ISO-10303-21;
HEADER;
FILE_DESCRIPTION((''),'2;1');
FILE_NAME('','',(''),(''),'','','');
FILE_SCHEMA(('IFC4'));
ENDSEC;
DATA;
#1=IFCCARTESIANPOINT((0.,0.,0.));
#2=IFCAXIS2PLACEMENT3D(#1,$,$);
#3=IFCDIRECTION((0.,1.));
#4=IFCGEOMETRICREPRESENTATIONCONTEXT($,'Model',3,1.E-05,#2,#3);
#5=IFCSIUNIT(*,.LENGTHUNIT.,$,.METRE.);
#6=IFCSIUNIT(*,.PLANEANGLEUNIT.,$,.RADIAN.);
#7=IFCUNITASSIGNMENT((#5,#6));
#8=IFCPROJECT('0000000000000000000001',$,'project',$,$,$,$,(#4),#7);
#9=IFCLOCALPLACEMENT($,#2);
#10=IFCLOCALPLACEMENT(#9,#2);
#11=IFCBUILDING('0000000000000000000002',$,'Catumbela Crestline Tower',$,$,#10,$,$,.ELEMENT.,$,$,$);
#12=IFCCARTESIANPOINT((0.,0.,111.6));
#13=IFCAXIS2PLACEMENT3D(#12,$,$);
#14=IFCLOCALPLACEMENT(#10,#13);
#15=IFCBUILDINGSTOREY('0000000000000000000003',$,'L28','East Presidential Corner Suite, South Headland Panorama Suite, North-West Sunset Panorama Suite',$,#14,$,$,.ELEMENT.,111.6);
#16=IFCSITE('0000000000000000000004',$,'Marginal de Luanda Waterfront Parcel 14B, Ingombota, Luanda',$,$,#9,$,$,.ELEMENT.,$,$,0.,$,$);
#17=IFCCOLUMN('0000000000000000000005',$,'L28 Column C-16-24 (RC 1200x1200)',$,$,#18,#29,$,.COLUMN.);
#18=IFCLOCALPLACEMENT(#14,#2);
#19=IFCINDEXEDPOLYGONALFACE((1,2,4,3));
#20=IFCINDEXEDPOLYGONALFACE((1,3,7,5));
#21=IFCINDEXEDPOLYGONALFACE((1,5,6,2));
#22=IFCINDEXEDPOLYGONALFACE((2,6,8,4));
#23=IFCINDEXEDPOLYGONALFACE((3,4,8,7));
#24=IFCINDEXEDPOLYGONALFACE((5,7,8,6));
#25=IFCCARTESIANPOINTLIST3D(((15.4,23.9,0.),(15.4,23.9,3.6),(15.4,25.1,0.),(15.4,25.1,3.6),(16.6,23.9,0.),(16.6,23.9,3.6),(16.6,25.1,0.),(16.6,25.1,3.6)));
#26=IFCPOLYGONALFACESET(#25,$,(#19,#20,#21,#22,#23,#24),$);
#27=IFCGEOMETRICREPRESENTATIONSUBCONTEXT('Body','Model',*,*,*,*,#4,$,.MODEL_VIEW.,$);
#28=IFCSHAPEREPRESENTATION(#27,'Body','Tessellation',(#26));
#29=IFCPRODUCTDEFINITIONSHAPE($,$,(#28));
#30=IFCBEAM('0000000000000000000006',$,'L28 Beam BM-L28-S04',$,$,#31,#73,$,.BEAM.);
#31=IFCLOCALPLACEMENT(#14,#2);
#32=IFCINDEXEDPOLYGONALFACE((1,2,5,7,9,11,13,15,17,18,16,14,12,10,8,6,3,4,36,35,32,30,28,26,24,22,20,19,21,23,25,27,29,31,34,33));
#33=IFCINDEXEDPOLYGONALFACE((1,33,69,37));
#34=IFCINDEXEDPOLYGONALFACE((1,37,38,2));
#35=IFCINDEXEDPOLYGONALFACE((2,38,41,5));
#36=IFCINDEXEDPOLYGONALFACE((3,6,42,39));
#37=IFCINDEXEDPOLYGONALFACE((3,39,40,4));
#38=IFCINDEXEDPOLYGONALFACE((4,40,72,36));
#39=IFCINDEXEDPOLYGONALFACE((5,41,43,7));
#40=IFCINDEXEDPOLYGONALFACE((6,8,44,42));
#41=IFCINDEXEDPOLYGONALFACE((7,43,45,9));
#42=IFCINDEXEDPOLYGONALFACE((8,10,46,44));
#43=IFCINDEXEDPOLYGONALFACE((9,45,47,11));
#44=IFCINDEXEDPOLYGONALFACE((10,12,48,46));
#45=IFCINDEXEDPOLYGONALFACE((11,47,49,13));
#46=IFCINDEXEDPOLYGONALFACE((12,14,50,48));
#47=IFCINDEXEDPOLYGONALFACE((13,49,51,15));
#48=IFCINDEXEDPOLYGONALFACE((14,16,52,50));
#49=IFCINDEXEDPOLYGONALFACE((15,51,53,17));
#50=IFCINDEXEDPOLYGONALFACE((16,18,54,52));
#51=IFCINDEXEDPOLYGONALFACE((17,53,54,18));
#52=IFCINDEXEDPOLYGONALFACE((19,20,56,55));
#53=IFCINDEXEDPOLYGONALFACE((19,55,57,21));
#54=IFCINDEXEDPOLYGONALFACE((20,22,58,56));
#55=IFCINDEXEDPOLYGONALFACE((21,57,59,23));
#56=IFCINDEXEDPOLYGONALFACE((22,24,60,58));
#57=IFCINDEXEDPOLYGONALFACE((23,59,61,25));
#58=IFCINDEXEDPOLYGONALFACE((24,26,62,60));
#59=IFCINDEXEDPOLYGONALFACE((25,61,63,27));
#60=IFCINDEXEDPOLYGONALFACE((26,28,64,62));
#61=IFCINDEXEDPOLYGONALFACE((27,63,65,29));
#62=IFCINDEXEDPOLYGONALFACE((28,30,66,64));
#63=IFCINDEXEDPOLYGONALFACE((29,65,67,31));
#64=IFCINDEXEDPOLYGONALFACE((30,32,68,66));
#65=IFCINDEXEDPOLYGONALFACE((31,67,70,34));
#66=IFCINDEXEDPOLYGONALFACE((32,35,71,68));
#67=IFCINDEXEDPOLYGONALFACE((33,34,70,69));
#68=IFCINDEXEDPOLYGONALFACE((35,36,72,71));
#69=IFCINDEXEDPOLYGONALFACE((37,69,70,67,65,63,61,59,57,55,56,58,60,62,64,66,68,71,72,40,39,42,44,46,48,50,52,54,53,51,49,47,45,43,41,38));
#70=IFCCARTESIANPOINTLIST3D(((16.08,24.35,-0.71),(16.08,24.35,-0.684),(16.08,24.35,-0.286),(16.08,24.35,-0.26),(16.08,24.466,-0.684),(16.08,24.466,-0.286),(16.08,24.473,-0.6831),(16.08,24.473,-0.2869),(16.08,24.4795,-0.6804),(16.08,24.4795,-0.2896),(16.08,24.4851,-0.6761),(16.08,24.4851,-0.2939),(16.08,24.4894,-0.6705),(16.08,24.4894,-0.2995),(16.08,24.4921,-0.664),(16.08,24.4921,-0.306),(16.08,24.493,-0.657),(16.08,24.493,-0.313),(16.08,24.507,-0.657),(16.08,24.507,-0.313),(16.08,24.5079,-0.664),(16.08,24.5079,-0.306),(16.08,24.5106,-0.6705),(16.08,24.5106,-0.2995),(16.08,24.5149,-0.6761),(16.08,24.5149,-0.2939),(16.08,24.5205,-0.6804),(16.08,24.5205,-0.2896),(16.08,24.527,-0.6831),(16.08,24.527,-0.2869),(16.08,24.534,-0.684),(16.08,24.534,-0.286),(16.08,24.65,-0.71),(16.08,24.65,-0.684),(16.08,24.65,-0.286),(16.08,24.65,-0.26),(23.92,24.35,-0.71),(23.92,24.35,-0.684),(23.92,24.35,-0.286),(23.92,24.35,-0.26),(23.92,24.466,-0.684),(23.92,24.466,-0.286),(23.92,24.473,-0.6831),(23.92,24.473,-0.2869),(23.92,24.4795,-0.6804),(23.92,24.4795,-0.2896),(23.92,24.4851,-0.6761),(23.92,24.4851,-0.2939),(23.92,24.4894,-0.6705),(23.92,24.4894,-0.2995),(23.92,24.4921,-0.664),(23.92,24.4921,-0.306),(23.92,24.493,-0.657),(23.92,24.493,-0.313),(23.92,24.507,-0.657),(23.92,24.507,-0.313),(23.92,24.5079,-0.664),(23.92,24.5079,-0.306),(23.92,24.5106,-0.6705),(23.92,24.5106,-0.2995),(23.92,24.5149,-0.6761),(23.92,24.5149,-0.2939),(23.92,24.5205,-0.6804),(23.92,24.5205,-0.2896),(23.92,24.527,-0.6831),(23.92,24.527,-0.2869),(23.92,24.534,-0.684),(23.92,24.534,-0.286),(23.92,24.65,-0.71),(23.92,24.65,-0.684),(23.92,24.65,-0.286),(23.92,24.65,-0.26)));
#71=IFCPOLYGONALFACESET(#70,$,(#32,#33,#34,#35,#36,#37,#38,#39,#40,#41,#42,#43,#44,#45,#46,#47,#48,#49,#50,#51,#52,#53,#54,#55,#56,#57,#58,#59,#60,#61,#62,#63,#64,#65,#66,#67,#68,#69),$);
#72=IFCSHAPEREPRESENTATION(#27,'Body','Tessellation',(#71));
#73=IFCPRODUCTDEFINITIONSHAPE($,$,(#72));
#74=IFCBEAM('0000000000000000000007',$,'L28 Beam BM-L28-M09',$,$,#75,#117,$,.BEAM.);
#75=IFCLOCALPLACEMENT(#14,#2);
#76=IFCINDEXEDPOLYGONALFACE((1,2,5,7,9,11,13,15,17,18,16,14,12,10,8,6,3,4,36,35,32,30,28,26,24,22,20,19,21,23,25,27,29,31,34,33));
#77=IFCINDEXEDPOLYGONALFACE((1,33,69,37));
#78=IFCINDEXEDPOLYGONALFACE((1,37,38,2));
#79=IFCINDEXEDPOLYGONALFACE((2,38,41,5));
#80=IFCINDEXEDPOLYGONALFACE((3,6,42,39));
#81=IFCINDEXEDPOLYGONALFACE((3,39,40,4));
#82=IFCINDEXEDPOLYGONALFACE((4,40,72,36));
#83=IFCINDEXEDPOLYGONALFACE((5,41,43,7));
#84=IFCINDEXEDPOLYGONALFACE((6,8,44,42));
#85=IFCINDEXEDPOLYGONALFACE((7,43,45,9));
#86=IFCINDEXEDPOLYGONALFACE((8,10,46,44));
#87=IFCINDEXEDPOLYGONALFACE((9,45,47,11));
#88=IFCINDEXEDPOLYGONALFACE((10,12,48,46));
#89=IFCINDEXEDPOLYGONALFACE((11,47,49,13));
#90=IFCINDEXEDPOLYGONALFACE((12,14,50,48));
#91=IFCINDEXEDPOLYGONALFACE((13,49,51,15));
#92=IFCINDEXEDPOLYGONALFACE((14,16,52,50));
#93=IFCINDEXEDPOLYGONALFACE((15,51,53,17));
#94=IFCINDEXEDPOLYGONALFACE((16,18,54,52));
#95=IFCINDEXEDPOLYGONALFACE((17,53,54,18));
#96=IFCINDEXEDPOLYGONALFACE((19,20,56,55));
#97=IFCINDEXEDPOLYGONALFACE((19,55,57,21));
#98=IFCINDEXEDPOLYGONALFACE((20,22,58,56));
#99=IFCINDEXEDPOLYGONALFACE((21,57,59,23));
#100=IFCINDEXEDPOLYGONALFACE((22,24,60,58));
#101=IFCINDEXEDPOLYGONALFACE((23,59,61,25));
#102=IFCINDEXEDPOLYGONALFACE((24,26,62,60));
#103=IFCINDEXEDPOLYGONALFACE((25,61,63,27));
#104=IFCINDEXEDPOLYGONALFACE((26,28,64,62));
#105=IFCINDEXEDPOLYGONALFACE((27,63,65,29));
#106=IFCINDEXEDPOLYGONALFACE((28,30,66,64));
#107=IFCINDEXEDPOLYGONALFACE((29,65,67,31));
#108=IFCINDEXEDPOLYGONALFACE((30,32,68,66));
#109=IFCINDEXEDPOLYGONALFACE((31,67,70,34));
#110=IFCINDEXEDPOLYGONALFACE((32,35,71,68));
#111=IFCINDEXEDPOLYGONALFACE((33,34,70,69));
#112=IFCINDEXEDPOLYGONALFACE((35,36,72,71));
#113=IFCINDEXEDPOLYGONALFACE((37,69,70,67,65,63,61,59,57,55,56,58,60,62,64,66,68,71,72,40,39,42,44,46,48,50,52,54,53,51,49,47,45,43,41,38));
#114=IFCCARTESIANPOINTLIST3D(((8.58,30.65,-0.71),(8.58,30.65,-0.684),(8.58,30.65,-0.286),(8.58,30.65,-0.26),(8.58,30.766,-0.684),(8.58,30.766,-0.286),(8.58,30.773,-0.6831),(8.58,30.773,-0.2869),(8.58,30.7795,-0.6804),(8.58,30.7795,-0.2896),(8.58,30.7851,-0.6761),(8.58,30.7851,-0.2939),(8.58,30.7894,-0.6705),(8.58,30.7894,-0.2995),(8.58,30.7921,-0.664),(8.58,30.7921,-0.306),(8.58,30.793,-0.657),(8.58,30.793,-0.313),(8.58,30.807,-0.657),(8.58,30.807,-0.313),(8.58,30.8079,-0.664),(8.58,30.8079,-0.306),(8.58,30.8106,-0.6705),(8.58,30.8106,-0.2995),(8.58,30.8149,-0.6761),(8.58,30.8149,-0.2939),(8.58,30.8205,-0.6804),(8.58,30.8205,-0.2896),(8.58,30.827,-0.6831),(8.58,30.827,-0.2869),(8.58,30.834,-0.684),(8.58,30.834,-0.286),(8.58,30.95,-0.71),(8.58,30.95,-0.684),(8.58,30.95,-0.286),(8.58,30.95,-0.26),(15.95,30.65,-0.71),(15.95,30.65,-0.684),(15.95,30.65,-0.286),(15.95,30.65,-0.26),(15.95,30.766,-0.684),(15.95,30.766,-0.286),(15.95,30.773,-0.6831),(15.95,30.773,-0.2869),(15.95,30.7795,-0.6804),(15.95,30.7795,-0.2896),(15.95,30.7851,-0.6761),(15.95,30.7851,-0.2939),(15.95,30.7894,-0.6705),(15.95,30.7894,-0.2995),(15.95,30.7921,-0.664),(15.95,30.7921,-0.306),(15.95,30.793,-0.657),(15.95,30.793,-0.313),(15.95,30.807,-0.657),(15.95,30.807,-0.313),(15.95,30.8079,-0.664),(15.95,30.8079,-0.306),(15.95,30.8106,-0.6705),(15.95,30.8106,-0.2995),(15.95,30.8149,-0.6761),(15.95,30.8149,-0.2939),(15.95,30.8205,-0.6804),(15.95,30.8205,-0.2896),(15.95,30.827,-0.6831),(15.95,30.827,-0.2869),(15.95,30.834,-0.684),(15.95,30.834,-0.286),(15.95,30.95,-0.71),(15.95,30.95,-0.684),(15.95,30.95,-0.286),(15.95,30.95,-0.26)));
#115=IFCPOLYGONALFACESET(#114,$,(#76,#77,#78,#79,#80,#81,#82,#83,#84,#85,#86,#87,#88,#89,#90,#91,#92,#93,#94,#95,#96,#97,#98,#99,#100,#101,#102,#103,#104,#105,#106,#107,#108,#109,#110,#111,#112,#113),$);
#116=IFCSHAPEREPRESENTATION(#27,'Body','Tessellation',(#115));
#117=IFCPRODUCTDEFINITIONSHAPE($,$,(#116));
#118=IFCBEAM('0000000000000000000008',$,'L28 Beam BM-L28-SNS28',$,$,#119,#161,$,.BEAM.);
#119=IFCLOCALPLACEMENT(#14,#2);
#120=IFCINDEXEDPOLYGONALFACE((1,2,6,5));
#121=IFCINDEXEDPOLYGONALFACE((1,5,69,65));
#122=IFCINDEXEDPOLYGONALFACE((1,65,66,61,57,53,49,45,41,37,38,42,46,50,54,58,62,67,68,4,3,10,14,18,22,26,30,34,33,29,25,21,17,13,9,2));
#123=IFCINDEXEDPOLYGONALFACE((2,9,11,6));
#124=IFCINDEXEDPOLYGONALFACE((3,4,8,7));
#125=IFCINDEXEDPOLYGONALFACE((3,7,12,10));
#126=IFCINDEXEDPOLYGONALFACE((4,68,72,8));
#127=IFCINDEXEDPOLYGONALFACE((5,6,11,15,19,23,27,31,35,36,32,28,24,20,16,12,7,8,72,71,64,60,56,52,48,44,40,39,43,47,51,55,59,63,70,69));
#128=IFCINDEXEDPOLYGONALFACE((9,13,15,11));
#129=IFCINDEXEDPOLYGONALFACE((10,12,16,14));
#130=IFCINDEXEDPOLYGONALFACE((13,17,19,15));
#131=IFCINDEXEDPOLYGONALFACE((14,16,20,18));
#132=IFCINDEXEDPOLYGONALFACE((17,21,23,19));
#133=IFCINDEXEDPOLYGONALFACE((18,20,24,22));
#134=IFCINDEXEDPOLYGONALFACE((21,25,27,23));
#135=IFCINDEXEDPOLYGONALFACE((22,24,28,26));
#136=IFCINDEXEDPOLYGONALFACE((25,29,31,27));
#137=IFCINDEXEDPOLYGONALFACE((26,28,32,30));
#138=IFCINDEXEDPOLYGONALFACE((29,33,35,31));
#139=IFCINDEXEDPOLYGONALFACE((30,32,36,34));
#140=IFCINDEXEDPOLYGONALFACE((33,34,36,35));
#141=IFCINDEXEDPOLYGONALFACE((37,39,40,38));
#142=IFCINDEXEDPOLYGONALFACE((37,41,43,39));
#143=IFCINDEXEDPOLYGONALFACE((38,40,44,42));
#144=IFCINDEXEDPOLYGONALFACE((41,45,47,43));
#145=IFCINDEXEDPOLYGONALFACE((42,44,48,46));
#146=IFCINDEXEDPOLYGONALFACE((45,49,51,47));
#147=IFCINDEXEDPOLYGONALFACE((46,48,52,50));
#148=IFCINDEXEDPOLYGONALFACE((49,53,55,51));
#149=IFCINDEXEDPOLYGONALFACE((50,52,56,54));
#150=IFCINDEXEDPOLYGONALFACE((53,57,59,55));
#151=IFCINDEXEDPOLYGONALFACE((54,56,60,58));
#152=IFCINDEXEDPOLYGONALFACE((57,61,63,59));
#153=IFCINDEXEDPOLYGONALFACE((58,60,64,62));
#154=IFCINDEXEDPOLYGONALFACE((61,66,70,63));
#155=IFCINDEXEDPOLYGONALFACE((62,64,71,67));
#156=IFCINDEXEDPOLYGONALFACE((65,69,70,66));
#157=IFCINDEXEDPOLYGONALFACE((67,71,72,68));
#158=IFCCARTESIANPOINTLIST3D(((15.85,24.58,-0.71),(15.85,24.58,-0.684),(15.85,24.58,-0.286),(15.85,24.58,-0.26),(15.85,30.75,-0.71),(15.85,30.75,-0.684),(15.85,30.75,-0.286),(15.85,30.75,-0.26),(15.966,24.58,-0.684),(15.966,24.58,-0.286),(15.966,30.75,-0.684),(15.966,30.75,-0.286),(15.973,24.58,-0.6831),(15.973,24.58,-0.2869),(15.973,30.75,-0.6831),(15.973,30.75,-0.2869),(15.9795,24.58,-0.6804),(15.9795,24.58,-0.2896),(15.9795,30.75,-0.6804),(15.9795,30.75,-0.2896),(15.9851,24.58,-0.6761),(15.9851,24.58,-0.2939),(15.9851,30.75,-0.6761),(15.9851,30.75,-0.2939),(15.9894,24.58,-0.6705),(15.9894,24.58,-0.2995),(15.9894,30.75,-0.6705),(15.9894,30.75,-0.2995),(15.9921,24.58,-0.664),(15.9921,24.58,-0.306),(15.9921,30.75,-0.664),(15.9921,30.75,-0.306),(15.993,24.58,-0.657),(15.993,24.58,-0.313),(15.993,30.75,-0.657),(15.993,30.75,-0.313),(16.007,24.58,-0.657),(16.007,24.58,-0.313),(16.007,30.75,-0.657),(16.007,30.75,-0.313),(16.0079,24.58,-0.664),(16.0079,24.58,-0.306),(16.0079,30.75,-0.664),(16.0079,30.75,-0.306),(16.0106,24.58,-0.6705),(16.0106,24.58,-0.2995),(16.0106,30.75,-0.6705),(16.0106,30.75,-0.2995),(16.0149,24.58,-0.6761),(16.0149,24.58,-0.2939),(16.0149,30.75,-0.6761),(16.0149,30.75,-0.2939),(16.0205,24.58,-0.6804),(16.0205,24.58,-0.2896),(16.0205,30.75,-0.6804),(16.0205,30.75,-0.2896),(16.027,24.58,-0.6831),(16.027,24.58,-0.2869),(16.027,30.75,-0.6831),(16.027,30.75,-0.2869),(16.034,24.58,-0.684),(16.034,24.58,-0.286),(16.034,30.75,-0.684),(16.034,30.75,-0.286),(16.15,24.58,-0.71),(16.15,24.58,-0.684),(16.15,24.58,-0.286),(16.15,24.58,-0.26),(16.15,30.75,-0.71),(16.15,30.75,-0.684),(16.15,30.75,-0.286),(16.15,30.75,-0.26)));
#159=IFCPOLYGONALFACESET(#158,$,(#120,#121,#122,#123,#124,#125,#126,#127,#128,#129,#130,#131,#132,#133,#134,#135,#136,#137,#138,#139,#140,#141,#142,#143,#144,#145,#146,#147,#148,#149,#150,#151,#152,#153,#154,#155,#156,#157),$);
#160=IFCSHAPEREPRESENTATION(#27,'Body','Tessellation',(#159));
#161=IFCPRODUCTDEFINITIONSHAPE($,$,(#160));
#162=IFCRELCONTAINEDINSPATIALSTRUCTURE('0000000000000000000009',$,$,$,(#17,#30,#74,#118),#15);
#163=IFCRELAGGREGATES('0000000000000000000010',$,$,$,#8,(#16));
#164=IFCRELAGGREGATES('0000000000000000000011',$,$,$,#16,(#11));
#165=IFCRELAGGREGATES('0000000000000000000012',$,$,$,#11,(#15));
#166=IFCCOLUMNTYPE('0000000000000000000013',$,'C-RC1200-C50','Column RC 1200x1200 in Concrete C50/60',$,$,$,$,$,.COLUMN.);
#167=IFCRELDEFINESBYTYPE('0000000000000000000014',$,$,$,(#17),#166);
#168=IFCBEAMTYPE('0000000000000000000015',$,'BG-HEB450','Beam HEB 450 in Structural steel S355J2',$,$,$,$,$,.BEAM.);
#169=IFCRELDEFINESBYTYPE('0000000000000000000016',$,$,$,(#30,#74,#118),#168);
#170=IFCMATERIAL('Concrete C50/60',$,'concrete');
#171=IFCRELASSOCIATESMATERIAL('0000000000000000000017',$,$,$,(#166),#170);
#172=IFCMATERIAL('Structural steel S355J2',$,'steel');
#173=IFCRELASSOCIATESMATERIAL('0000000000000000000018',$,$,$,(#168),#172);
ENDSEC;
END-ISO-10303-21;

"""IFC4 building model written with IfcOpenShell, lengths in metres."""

from ifc_helpers import new_model, si_unit, direction, frame, origin, origin_2d, place, context, subcontext, project, spatial, rectangle, i_section, extrude, material, material_profile, profile_set, type_object, element, save


model = new_model("IFC4")

# Units and contexts
model_context = context("Model", 3, precision=1e-05, world=origin(), true_north=direction((0.0, 1.0)))
body_context = subcontext(model_context, "Body", "Model", "MODEL_VIEW")
ifc_project = project(units=[si_unit("LENGTHUNIT", "METRE"), si_unit("PLANEANGLEUNIT", "RADIAN")], contexts=[model_context])

# Site, building, storey
site_placement = place(None, origin())
site = spatial("IfcSite", under=ifc_project, at=site_placement, Name="Marginal de Luanda Waterfront Parcel 14B, Ingombota, Luanda", CompositionType="ELEMENT", RefElevation=0.0)
building_placement = place(site_placement, origin())
building = spatial("IfcBuilding", under=site, at=building_placement, Name="Catumbela Crestline Tower", CompositionType="ELEMENT")
storey_placement = place(building_placement, frame((0.0, 0.0, 111.6)))
storey = spatial("IfcBuildingStorey", under=building, at=storey_placement, Name="L28", Description="East Presidential Corner Suite, South Headland Panorama Suite, North-West Sunset Panorama Suite", CompositionType="ELEMENT", Elevation=111.6)

# Column
ifc_material_1 = material(Name="Concrete C50/60", Category="concrete")
ifc_material_profile_1 = material_profile(ifc_material_1, rectangle(XDim=1.2, YDim=1.2, at=origin_2d()), Name="RC 1200x1200")
ifc_profile_set_1 = profile_set([ifc_material_profile_1], Name="Concrete C50/60")
column_type = type_object("IfcColumnType", Name="C-RC1200-C50", Description="Column RC 1200x1200 in Concrete C50/60", PredefinedType="COLUMN", material=ifc_profile_set_1)
column_placement = place(storey_placement, frame((16.0, 24.5, 0.0), z_axis=(0.0, 0.0, 1.0), x_axis=(1.0, 0.0, 0.0)))
element("IfcColumn", 1, at=column_placement, inside=storey, type_object=column_type, Name="L28 Column C-16-24 (RC 1200x1200)", PredefinedType="COLUMN", context=body_context, shape_type="SweptSolid", body=[
    extrude(rectangle(XDim=1.2, YDim=1.2, at=origin_2d()), origin(), (0.0, 0.0, 1.0), 3.6),
])

# Beams
ifc_material_2 = material(Name="Structural steel S355J2", Category="steel")
ifc_material_profile_2 = material_profile(ifc_material_2, i_section(OverallWidth=0.3, OverallDepth=0.45, WebThickness=0.014, FlangeThickness=0.026, FilletRadius=0.027, at=origin_2d()), Name="HEB 450")
ifc_profile_set_2 = profile_set([ifc_material_profile_2], Name="Structural steel S355J2")
beam_type = type_object("IfcBeamType", Name="BG-HEB450", Description="Beam HEB 450 in Structural steel S355J2", PredefinedType="BEAM", material=ifc_profile_set_2)
beam_1_placement = place(storey_placement, frame((16.08, 24.5, -0.485), z_axis=(1.0, 0.0, 0.0), x_axis=(0.0, 1.0, 0.0)))
element("IfcBeam", 2, at=beam_1_placement, inside=storey, type_object=beam_type, Name="L28 Beam BM-L28-S04", PredefinedType="BEAM", context=body_context, shape_type="SweptSolid", body=[
    extrude(i_section(OverallWidth=0.3, OverallDepth=0.45, WebThickness=0.014, FlangeThickness=0.026, FilletRadius=0.027, at=origin_2d()), origin(), (0.0, 0.0, 1.0), 7.84),
])
beam_2_placement = place(storey_placement, frame((8.58, 30.8, -0.485), z_axis=(1.0, 0.0, 0.0), x_axis=(0.0, 1.0, 0.0)))
element("IfcBeam", 3, at=beam_2_placement, inside=storey, type_object=beam_type, Name="L28 Beam BM-L28-M09", PredefinedType="BEAM", context=body_context, shape_type="SweptSolid", body=[
    extrude(i_section(OverallWidth=0.3, OverallDepth=0.45, WebThickness=0.014, FlangeThickness=0.026, FilletRadius=0.027, at=origin_2d()), origin(), (0.0, 0.0, 1.0), 7.37),
])
beam_3_placement = place(storey_placement, frame((16.0, 24.58, -0.485), z_axis=(0.0, 1.0, 0.0), x_axis=(-1.0, 0.0, 0.0)))
element("IfcBeam", 4, at=beam_3_placement, inside=storey, type_object=beam_type, Name="L28 Beam BM-L28-SNS28", PredefinedType="BEAM", context=body_context, shape_type="SweptSolid", body=[
    extrude(i_section(OverallWidth=0.3, OverallDepth=0.45, WebThickness=0.014, FlangeThickness=0.026, FilletRadius=0.027, at=origin_2d()), origin(), (0.0, 0.0, 1.0), 6.17),
])

save(model, "model.ifc")
